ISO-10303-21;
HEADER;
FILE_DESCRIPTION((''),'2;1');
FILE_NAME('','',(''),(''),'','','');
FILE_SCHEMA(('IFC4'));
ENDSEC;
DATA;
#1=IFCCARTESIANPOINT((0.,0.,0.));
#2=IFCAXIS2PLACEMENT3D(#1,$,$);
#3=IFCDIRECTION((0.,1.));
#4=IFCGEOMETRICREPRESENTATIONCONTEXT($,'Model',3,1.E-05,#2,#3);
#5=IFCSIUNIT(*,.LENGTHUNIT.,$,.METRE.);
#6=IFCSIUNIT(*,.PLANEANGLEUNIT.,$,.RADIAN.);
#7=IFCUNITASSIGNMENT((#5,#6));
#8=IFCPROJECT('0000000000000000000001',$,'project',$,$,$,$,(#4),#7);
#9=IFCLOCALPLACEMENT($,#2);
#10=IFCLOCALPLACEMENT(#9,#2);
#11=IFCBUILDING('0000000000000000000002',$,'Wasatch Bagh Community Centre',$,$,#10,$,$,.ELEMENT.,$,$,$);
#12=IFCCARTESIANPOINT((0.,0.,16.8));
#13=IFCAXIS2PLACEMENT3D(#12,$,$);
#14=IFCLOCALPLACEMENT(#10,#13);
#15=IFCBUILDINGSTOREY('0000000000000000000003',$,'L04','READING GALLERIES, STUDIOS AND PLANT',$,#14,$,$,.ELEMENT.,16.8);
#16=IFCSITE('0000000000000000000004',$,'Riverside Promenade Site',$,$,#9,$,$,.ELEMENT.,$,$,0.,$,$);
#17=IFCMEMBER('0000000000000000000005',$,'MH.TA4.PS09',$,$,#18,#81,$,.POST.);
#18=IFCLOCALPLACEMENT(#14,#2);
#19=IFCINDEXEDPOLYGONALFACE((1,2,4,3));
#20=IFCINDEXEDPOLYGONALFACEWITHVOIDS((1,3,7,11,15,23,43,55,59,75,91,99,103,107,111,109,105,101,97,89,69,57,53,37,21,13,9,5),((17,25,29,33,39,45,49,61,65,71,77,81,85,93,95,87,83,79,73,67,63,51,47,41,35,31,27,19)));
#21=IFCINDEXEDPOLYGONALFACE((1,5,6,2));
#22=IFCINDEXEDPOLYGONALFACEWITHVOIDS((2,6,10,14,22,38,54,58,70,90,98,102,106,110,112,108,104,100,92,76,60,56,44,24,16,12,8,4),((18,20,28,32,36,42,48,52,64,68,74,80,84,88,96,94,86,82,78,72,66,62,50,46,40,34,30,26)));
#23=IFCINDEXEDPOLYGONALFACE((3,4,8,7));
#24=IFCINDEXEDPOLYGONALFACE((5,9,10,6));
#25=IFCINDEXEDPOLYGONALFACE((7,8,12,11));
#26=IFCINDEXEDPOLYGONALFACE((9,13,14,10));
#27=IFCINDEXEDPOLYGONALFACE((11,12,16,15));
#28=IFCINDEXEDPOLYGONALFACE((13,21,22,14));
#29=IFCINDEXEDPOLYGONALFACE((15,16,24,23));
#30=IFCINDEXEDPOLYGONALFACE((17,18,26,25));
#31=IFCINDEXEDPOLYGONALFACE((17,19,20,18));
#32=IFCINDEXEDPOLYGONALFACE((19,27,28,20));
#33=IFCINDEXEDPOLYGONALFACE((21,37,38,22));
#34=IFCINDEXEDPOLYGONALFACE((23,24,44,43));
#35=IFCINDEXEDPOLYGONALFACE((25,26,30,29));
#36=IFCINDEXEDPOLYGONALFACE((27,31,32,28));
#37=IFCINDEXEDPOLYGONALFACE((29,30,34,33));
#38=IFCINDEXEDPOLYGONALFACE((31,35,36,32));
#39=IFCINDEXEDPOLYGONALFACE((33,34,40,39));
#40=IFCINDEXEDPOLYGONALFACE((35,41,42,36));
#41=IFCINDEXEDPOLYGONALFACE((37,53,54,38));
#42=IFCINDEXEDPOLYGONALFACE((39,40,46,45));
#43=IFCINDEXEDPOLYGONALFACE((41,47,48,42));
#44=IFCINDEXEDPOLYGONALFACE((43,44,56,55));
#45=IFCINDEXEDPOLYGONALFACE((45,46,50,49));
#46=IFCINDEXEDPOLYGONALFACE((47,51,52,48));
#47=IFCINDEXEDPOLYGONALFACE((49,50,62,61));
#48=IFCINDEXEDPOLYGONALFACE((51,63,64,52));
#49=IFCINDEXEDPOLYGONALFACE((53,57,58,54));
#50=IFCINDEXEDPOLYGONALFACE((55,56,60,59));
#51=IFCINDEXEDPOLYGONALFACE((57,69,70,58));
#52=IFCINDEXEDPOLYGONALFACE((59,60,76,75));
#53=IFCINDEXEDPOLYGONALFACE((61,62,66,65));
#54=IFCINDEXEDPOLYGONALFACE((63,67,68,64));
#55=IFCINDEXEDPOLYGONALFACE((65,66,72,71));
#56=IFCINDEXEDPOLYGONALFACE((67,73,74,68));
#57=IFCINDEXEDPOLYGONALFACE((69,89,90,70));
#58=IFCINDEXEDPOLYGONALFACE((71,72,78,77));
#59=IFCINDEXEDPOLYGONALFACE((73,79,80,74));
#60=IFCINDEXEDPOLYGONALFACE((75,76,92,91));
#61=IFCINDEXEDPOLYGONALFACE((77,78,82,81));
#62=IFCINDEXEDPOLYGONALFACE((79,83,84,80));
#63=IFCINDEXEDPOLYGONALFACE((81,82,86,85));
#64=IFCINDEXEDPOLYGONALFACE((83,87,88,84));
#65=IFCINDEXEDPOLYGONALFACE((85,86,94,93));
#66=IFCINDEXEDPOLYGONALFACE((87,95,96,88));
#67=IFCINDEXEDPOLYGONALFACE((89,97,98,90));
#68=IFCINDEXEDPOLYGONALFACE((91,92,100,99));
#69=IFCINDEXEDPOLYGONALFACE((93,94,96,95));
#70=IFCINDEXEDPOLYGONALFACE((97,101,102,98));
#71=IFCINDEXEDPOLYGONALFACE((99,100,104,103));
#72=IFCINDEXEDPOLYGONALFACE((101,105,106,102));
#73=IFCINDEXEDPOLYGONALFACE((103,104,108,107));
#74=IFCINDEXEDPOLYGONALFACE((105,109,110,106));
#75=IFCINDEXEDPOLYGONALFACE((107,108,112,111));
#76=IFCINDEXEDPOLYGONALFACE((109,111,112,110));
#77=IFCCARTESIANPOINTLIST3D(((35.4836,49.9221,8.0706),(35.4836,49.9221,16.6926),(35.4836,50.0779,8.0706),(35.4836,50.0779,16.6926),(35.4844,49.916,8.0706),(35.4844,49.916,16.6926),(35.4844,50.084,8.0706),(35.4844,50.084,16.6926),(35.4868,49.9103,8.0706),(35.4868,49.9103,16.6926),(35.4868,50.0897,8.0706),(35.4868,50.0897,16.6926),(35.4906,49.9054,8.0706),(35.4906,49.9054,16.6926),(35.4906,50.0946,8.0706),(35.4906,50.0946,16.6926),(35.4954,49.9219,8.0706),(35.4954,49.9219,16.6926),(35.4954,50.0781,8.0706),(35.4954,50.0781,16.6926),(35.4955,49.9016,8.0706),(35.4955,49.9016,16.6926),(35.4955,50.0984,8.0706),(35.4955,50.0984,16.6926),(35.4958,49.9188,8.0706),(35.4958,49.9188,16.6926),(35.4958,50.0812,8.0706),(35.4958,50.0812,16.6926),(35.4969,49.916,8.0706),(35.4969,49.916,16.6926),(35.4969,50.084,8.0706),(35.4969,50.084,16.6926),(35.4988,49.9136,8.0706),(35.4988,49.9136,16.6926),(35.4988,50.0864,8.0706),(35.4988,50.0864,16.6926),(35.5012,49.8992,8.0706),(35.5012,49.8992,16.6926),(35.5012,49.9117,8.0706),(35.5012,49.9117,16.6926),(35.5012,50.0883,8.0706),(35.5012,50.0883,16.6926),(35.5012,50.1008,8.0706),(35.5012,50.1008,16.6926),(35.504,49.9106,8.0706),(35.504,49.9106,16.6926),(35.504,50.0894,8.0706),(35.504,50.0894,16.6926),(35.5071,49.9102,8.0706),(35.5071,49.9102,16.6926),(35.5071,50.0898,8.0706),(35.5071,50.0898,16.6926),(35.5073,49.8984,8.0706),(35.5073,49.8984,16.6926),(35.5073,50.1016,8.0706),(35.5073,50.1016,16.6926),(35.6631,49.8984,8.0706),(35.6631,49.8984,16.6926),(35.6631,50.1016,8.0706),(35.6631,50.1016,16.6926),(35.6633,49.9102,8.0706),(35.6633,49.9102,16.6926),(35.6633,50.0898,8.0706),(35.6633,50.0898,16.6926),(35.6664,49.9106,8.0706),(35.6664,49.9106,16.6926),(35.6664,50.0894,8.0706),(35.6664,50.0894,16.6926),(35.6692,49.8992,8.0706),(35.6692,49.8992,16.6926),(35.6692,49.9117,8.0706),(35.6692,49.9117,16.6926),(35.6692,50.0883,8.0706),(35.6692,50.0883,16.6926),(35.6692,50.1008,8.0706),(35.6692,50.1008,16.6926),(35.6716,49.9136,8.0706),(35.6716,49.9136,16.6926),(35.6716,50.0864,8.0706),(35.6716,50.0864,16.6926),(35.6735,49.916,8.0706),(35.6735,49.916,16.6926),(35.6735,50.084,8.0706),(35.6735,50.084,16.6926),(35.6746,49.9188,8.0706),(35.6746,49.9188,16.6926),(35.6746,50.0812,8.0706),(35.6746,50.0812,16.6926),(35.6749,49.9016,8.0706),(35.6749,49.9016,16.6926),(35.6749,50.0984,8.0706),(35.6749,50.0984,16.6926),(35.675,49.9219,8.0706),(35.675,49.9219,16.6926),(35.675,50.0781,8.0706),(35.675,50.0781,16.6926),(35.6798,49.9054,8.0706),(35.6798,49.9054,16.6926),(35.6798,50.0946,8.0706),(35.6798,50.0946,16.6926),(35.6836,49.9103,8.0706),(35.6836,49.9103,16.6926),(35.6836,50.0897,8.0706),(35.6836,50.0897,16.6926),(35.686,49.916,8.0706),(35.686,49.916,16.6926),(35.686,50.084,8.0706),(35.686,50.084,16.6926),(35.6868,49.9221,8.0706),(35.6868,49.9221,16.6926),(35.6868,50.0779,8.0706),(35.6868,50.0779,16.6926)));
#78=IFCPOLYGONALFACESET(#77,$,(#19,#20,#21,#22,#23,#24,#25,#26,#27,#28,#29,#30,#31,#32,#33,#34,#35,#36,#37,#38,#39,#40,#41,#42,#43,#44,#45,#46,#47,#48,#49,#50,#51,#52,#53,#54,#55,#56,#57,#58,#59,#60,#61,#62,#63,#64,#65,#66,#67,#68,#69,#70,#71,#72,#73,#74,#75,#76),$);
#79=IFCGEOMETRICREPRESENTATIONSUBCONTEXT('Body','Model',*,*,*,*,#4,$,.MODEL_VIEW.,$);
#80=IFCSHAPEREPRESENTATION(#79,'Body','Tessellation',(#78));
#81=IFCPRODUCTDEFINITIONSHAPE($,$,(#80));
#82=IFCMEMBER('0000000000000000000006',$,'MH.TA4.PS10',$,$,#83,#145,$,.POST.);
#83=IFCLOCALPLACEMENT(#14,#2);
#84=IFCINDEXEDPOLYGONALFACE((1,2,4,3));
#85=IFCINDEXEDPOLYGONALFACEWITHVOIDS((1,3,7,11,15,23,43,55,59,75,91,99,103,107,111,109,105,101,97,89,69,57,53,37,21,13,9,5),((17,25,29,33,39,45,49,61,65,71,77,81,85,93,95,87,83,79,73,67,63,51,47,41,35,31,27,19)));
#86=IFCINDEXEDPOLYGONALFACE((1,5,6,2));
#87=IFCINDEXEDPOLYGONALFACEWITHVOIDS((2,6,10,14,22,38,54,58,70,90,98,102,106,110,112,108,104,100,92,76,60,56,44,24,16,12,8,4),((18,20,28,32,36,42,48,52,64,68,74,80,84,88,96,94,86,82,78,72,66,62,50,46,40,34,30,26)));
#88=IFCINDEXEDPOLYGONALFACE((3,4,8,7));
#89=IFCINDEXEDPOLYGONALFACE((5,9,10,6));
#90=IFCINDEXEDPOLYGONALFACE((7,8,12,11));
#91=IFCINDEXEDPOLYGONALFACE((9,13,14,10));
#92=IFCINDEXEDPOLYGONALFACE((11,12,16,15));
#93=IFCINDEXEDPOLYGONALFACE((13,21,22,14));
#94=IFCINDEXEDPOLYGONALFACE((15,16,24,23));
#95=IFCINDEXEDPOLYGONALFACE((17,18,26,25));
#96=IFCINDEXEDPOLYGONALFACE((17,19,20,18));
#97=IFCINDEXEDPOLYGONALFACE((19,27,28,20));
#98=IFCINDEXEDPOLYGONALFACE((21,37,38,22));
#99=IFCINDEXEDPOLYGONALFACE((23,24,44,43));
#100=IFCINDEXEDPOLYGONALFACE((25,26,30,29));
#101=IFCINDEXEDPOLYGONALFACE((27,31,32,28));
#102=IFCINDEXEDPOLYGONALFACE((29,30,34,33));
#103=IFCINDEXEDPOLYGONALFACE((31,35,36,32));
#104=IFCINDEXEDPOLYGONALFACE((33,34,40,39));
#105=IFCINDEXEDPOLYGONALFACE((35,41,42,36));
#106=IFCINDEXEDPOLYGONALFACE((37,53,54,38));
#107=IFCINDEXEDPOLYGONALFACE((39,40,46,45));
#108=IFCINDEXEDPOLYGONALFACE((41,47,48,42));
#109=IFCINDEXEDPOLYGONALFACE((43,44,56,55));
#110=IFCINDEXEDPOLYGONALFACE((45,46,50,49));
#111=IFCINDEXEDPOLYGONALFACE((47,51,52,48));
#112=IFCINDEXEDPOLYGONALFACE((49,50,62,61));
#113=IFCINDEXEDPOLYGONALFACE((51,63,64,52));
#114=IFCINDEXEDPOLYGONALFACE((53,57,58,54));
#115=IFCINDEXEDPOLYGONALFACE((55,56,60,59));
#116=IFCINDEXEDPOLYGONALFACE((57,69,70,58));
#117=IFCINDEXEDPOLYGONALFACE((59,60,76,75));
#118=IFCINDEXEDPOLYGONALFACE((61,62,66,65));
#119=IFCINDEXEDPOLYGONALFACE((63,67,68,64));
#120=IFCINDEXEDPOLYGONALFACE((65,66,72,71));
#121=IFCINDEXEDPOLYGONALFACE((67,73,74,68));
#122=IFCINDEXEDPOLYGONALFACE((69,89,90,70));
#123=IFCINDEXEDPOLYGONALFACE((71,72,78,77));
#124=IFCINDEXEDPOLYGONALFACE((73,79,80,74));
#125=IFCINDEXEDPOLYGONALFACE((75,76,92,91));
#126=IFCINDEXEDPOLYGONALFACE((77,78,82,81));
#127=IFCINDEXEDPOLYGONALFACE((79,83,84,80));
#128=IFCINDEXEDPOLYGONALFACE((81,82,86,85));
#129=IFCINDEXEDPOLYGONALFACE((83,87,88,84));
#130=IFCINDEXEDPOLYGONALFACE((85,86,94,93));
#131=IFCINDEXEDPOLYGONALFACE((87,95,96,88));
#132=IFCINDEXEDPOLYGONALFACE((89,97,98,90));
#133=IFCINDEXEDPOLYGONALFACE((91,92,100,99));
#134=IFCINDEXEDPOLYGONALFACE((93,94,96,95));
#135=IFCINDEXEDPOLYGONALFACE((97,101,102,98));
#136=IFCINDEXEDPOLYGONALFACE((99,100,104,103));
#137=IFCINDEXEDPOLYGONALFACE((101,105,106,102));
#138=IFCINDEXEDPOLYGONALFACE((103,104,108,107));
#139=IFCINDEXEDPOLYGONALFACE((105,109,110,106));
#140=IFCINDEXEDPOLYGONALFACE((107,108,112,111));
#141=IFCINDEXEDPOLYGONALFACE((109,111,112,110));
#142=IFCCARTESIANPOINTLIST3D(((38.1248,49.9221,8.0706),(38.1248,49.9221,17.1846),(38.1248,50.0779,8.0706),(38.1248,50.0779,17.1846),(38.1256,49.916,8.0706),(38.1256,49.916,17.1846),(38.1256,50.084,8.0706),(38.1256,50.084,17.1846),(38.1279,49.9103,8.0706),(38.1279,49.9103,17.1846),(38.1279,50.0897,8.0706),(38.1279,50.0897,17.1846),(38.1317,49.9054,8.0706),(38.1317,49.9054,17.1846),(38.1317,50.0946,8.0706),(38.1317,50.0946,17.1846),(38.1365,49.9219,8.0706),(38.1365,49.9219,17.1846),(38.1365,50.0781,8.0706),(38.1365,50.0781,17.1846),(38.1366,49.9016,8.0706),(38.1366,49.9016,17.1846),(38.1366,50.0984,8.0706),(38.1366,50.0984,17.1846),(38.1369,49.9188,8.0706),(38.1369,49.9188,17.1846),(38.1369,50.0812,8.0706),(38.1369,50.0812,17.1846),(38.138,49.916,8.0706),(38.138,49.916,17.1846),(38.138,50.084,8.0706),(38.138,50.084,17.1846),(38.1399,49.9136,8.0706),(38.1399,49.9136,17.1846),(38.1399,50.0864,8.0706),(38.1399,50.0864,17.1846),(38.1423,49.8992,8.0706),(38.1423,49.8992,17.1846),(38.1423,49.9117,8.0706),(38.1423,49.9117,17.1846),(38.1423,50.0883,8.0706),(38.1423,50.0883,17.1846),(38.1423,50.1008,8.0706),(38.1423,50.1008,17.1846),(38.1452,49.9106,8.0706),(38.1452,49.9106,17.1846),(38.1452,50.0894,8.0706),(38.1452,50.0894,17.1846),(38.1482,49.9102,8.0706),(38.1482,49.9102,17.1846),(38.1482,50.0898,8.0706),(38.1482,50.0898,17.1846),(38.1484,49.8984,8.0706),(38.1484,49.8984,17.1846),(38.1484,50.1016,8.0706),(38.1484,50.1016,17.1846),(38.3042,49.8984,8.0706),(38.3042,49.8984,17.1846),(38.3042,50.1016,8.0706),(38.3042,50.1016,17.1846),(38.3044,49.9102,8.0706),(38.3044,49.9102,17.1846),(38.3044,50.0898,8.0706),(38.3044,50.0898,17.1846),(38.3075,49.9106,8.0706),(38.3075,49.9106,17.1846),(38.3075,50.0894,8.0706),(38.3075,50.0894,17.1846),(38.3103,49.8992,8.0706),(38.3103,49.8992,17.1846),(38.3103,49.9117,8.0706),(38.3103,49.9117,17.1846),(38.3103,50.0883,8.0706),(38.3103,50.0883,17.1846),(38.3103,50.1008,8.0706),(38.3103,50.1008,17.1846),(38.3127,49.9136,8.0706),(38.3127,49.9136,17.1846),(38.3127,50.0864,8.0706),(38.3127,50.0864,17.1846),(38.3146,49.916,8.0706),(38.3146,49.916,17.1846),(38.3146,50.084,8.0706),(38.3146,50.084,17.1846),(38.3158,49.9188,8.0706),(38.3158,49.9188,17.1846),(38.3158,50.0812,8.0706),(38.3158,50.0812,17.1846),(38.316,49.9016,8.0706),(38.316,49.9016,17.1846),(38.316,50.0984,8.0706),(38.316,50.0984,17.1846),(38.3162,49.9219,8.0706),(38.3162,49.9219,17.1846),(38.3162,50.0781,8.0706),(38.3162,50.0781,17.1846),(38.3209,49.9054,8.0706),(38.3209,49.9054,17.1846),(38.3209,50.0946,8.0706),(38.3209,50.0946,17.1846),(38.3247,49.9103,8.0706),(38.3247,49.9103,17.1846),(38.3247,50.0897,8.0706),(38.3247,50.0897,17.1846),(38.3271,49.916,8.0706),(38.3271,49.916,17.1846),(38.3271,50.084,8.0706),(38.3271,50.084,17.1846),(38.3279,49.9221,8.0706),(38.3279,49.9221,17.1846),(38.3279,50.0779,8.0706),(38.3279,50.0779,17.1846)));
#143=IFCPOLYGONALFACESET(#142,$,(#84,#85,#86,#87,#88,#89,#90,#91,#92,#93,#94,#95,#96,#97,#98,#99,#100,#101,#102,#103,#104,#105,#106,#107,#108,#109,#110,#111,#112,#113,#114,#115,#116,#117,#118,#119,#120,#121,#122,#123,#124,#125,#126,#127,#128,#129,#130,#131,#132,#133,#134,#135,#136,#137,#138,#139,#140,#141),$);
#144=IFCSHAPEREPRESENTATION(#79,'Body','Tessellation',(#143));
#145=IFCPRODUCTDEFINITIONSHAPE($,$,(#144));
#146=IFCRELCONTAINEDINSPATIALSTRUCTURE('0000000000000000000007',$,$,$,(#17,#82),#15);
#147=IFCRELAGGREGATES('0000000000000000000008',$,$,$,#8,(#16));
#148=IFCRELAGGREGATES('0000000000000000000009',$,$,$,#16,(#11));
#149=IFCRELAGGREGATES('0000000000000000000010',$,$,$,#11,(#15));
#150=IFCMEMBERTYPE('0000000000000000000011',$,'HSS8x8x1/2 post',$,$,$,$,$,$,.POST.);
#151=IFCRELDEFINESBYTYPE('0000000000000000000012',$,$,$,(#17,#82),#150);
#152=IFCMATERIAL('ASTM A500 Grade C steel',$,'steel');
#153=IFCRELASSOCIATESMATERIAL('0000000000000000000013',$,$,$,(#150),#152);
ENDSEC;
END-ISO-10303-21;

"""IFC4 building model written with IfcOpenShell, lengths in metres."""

from ifc_helpers import new_model, si_unit, direction, frame, origin, origin_2d, place, context, subcontext, project, spatial, hollow_rectangle, extrude, material, material_profile, profile_set, type_object, element, save


model = new_model("IFC4")

# Units and contexts
model_context = context("Model", 3, precision=1e-05, world=origin(), true_north=direction((0.0, 1.0)))
body_context = subcontext(model_context, "Body", "Model", "MODEL_VIEW")
ifc_project = project(units=[si_unit("LENGTHUNIT", "METRE"), si_unit("PLANEANGLEUNIT", "RADIAN")], contexts=[model_context])

# Site, building, storey
site_placement = place(None, origin())
site = spatial("IfcSite", under=ifc_project, at=site_placement, Name="Riverside Promenade Site", CompositionType="ELEMENT", RefElevation=0.0)
building_placement = place(site_placement, origin())
building = spatial("IfcBuilding", under=site, at=building_placement, Name="Wasatch Bagh Community Centre", CompositionType="ELEMENT")
storey_placement = place(building_placement, frame((0.0, 0.0, 16.8)))
storey = spatial("IfcBuildingStorey", under=building, at=storey_placement, Name="L04", Description="READING GALLERIES, STUDIOS AND PLANT", CompositionType="ELEMENT", Elevation=16.8)

# Members
ifc_material_1 = material(Name="ASTM A500 Grade C steel", Category="steel")
ifc_material_profile_1 = material_profile(ifc_material_1, hollow_rectangle(XDim=0.2031, YDim=0.2031, WallThickness=0.0117, InnerFilletRadius=0.0117, OuterFilletRadius=0.0237, at=origin_2d()), Name="HSS8x8x1/2")
ifc_profile_set_1 = profile_set([ifc_material_profile_1], Name="ASTM A500 Grade C steel")
member_type_1 = type_object("IfcMemberType", Name="HSS8x8x1/2 post", PredefinedType="POST", material=ifc_profile_set_1)
member_1_placement = place(storey_placement, frame((35.5852, 50.0, 8.0706), z_axis=(0.0, 0.0, 1.0), x_axis=(1.0, 0.0, 0.0)))
element("IfcMember", 1, at=member_1_placement, inside=storey, type_object=member_type_1, Name="MH.TA4.PS09", PredefinedType="POST", context=body_context, shape_type="SweptSolid", body=[
    extrude(hollow_rectangle(XDim=0.2031, YDim=0.2031, WallThickness=0.0117, InnerFilletRadius=0.0117, OuterFilletRadius=0.0237, at=origin_2d()), origin(), (0.0, 0.0, 1.0), 8.6221),
])
member_2_placement = place(storey_placement, frame((38.2263, 50.0, 8.0706), z_axis=(0.0, 0.0, 1.0), x_axis=(1.0, 0.0, 0.0)))
element("IfcMember", 2, at=member_2_placement, inside=storey, type_object=member_type_1, Name="MH.TA4.PS10", PredefinedType="POST", context=body_context, shape_type="SweptSolid", body=[
    extrude(hollow_rectangle(XDim=0.2031, YDim=0.2031, WallThickness=0.0117, InnerFilletRadius=0.0117, OuterFilletRadius=0.0237, at=origin_2d()), origin(), (0.0, 0.0, 1.0), 9.114),
])

save(model, "model.ifc")
